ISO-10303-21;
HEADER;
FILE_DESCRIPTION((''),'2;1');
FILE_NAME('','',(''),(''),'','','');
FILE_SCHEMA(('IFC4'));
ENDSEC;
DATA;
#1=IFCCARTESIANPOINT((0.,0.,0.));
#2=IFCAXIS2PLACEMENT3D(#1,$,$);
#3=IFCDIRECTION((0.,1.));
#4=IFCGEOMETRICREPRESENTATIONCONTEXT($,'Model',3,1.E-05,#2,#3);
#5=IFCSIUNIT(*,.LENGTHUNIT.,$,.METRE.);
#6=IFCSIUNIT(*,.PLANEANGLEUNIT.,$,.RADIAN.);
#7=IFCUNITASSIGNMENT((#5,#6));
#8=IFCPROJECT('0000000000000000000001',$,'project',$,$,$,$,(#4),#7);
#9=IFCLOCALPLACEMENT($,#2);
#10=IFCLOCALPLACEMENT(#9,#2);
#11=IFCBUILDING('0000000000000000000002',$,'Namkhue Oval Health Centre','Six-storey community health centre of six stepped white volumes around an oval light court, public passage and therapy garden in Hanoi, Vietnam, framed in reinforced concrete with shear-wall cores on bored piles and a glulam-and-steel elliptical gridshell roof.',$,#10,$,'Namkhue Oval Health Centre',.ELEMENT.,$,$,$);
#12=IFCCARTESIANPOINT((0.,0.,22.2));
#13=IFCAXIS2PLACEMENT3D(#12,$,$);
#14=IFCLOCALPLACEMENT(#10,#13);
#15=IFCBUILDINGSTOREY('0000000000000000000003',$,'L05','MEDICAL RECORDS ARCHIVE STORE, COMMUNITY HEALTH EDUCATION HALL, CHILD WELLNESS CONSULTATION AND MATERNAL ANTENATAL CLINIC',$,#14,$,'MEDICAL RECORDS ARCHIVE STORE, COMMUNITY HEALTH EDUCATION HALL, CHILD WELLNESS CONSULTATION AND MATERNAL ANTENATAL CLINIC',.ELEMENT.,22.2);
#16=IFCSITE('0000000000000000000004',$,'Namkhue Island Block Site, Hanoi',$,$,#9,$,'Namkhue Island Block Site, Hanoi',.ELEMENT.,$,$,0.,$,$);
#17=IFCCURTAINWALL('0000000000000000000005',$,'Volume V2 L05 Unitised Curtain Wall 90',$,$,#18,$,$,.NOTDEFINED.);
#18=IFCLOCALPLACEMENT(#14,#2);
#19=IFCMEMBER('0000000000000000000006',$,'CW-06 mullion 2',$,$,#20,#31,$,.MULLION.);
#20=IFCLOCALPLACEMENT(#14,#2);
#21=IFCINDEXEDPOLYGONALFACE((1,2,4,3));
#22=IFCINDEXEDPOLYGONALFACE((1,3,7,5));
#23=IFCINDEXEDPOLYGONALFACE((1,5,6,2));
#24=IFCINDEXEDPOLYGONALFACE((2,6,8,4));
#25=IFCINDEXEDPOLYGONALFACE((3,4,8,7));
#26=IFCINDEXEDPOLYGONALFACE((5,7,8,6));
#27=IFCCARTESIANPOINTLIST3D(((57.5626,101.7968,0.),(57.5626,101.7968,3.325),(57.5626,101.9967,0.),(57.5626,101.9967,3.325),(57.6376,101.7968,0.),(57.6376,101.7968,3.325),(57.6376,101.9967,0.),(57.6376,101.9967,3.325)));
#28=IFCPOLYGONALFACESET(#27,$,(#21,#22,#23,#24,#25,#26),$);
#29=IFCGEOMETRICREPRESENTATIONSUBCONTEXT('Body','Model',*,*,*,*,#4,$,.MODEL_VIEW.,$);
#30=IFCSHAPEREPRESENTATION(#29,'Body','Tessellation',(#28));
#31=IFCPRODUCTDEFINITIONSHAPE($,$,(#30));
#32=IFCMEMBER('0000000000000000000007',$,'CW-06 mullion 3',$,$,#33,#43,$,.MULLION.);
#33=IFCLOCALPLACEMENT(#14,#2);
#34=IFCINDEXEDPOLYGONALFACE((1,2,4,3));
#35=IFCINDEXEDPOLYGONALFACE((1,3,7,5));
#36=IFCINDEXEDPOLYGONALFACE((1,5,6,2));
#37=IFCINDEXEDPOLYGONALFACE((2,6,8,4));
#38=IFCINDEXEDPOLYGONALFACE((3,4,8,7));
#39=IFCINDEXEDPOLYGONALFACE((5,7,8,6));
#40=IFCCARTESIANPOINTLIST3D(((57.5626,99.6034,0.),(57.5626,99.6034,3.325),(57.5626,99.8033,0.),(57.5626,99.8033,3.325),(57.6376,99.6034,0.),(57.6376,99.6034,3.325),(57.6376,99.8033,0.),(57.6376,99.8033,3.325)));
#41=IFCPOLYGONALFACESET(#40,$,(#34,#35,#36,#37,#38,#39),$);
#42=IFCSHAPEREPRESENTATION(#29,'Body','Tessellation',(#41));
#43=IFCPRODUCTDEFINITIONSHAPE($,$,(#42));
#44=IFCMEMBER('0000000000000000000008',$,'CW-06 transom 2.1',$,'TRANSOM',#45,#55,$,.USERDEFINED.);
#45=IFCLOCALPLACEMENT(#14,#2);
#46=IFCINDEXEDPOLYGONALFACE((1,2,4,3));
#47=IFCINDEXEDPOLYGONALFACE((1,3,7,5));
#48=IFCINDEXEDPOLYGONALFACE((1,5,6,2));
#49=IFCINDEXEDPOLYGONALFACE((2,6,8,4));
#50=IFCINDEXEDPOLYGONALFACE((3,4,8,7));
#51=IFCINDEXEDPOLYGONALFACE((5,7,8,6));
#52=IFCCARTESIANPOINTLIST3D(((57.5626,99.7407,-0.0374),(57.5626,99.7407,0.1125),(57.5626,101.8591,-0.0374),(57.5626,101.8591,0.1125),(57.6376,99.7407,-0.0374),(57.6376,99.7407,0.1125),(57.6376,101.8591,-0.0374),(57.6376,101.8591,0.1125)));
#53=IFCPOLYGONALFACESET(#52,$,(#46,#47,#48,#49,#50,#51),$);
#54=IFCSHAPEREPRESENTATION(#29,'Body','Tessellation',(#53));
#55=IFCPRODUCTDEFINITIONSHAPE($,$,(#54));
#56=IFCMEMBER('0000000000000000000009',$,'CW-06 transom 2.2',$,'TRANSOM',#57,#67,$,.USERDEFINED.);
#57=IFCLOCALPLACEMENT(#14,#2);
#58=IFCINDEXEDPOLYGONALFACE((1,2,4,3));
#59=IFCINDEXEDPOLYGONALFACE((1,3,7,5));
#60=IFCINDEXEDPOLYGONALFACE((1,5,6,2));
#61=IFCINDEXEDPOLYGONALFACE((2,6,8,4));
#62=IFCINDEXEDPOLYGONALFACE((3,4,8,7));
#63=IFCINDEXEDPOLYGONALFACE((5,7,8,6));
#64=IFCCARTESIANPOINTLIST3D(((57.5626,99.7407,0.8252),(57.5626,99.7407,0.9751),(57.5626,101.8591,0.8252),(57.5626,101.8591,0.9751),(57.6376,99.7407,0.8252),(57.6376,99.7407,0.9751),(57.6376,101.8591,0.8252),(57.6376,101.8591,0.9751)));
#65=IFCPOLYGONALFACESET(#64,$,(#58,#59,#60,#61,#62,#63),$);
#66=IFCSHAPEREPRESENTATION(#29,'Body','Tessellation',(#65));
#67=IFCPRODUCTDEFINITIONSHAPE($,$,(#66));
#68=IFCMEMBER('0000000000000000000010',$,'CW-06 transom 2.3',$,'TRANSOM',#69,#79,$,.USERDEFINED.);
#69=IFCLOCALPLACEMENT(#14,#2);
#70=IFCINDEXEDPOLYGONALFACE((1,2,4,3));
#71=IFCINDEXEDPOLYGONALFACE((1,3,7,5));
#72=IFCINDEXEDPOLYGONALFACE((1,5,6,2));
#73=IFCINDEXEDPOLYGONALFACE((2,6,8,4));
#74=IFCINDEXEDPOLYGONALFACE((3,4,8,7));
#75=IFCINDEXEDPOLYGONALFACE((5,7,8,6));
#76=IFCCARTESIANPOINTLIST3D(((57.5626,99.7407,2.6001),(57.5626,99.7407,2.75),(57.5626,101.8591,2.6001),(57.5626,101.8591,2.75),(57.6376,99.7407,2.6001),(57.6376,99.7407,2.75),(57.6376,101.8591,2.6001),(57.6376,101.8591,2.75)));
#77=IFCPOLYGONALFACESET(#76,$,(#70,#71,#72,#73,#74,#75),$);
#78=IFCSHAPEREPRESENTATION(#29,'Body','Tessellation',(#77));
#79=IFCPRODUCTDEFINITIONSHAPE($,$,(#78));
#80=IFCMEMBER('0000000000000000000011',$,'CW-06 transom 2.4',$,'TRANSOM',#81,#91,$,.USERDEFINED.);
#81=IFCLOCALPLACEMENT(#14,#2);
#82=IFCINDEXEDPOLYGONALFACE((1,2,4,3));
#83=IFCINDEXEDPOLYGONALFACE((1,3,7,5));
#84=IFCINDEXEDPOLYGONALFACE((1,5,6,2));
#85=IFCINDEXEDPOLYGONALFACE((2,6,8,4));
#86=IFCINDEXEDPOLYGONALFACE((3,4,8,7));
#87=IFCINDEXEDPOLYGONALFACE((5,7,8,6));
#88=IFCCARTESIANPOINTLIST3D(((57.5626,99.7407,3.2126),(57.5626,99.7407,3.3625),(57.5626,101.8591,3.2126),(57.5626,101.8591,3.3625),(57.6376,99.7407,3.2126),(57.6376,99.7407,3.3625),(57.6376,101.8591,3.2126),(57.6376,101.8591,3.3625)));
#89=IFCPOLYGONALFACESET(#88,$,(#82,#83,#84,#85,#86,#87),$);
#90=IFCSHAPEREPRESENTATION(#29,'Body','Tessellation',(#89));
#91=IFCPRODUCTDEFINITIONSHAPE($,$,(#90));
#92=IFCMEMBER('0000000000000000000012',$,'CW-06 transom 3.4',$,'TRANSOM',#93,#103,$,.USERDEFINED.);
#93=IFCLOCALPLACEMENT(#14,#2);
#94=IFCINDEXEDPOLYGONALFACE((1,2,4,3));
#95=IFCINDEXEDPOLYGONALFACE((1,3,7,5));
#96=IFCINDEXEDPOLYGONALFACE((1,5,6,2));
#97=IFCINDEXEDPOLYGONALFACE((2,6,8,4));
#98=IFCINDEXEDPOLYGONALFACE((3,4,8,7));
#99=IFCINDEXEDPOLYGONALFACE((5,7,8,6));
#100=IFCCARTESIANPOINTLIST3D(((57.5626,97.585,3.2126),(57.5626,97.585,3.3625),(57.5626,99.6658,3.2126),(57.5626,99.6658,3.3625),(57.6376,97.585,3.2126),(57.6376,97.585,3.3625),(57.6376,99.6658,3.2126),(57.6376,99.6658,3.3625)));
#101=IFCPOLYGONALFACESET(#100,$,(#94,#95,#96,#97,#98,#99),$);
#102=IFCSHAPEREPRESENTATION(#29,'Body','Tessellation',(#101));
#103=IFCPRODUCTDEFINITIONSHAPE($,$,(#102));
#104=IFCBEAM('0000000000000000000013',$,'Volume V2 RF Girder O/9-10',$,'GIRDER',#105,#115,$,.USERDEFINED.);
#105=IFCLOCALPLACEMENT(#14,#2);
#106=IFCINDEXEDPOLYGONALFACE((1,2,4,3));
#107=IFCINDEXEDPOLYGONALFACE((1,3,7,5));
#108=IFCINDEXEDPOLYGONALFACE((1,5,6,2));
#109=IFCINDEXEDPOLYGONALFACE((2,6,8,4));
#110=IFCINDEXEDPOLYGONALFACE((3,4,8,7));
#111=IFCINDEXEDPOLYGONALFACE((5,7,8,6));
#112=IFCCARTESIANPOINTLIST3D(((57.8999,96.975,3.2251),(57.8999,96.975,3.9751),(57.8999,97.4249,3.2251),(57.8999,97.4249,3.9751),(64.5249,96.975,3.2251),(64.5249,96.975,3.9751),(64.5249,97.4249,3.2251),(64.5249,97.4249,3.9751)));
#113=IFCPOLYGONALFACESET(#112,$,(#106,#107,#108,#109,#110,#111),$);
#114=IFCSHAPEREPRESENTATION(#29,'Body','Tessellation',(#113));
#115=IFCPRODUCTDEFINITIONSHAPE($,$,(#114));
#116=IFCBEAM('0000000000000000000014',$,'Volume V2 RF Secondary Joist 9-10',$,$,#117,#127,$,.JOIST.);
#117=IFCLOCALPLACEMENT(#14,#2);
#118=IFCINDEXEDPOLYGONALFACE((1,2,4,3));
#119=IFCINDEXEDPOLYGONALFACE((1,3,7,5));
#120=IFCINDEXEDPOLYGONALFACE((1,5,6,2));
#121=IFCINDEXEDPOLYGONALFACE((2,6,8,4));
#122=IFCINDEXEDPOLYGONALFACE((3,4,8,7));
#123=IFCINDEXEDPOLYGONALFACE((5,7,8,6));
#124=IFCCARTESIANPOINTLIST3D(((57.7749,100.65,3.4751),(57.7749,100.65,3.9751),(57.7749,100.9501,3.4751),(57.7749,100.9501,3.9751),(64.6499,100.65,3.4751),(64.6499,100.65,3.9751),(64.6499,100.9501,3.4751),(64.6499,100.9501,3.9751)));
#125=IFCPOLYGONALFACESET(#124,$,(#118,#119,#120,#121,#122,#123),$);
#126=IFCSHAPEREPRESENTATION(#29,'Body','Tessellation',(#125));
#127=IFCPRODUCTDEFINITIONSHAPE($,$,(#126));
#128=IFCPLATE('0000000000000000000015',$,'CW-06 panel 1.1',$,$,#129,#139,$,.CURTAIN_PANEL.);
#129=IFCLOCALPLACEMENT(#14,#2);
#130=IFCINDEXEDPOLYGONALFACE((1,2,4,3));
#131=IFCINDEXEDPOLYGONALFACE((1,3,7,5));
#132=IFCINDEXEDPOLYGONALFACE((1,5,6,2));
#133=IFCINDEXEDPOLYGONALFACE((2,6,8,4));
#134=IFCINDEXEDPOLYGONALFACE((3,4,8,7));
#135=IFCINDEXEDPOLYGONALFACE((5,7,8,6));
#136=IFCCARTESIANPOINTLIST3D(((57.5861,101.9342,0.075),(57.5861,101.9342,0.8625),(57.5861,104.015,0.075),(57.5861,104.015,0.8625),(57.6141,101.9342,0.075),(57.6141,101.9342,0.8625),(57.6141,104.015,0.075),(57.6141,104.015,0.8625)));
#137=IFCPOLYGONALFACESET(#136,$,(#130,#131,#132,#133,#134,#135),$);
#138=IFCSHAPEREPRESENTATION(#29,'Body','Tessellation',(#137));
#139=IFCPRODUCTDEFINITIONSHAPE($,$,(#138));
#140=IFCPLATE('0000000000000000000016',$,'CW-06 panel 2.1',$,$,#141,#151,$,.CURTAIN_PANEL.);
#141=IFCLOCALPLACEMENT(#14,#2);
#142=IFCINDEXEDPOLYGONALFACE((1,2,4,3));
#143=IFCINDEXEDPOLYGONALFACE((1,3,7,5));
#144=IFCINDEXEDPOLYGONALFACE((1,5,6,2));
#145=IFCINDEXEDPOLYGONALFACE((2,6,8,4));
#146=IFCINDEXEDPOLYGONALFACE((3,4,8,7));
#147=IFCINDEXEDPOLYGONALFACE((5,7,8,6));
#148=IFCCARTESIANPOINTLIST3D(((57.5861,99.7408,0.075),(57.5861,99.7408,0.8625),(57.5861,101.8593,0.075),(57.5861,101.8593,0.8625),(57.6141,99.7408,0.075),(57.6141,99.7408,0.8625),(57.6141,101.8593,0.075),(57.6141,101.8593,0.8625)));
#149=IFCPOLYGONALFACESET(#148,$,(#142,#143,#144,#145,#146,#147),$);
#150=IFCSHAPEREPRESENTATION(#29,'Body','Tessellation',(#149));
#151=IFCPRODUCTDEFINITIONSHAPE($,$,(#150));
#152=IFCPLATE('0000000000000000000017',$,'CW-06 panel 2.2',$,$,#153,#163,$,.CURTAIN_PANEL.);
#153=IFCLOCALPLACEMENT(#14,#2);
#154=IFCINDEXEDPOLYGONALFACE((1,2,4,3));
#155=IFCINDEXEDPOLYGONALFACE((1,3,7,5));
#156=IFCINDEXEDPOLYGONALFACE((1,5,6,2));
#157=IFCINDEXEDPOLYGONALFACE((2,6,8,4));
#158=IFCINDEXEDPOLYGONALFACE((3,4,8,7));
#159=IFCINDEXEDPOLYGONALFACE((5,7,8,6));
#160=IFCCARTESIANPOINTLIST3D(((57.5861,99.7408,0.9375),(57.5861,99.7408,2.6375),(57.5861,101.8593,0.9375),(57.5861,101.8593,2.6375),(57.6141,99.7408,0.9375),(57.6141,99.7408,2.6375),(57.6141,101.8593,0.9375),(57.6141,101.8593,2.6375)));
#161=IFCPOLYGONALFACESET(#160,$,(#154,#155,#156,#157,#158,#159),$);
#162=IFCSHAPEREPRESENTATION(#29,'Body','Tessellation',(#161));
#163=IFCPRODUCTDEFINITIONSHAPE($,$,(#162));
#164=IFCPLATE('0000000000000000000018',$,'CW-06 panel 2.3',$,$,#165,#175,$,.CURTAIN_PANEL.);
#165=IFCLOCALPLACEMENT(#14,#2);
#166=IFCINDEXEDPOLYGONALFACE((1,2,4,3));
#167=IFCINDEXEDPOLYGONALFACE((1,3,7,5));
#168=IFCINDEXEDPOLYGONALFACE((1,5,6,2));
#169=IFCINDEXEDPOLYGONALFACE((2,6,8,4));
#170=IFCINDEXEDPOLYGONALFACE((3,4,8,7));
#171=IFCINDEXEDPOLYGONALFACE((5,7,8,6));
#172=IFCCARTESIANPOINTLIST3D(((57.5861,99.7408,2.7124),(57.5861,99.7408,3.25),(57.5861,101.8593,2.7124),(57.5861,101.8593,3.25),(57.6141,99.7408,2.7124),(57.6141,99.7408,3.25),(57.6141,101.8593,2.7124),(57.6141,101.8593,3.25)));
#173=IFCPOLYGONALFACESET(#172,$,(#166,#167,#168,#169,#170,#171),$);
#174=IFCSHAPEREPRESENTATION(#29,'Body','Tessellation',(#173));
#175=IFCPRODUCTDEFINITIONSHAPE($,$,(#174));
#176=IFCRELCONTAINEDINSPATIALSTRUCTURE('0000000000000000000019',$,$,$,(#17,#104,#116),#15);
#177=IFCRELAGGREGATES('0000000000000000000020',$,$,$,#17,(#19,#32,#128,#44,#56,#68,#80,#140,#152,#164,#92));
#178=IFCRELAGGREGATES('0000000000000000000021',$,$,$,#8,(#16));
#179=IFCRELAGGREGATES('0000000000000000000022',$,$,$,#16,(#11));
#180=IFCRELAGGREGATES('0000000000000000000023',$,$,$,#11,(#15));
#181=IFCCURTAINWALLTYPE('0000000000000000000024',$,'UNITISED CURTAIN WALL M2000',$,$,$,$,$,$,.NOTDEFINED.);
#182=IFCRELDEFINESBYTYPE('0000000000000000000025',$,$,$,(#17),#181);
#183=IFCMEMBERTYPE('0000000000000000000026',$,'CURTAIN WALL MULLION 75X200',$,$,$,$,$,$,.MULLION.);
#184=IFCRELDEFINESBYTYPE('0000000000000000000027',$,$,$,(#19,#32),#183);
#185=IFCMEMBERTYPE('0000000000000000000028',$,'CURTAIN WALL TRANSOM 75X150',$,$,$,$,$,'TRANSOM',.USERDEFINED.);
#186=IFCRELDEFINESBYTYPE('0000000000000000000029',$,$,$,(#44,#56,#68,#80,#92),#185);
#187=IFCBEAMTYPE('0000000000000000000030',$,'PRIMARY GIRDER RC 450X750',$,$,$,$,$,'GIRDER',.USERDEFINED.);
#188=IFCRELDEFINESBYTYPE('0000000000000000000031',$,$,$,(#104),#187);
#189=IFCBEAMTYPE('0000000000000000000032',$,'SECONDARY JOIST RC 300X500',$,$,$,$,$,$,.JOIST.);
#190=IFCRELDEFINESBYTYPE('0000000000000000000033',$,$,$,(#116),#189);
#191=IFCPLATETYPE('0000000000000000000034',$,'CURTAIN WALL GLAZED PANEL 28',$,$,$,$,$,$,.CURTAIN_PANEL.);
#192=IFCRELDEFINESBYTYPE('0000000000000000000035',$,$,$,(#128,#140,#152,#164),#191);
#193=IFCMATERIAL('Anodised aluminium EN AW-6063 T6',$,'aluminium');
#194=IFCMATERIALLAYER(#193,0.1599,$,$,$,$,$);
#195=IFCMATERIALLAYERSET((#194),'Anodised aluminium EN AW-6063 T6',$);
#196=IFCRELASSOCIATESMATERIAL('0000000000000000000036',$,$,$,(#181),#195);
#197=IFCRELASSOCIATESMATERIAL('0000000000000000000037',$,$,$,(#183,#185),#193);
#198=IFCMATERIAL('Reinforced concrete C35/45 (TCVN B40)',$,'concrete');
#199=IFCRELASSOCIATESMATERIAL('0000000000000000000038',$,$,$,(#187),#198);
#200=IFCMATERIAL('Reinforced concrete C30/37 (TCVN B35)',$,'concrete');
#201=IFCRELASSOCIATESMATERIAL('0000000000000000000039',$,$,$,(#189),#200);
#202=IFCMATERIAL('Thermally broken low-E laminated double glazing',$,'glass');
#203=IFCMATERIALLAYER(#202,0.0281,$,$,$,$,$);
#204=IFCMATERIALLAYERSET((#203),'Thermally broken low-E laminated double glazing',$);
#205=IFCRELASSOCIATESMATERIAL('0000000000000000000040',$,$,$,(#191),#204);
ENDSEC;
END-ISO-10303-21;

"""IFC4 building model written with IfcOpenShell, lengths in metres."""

from ifc_helpers import new_model, si_unit, direction, frame, origin, origin_2d, place, context, subcontext, project, spatial, rectangle, extrude, material, layer, layer_set, material_profile, profile_set, type_object, element, aggregate, save


model = new_model("IFC4")

# Units and contexts
model_context = context("Model", 3, precision=1e-05, world=origin(), true_north=direction((0.0, 1.0)))
body_context = subcontext(model_context, "Body", "Model", "MODEL_VIEW")
ifc_project = project(units=[si_unit("LENGTHUNIT", "METRE"), si_unit("PLANEANGLEUNIT", "RADIAN")], contexts=[model_context])

# Site, building, storey
site_placement = place(None, origin())
site = spatial("IfcSite", under=ifc_project, at=site_placement, Name="Namkhue Island Block Site, Hanoi", LongName="Namkhue Island Block Site, Hanoi", CompositionType="ELEMENT", RefElevation=0.0)
building_placement = place(site_placement, origin())
building = spatial("IfcBuilding", under=site, at=building_placement, Name="Namkhue Oval Health Centre", Description="Six-storey community health centre of six stepped white volumes around an oval light court, public passage and therapy garden in Hanoi, Vietnam, framed in reinforced concrete with shear-wall cores on bored piles and a glulam-and-steel elliptical gridshell roof.", LongName="Namkhue Oval Health Centre", CompositionType="ELEMENT")
storey_placement = place(building_placement, frame((0.0, 0.0, 22.2)))
storey = spatial("IfcBuildingStorey", under=building, at=storey_placement, Name="L05", Description="MEDICAL RECORDS ARCHIVE STORE, COMMUNITY HEALTH EDUCATION HALL, CHILD WELLNESS CONSULTATION AND MATERNAL ANTENATAL CLINIC", LongName="MEDICAL RECORDS ARCHIVE STORE, COMMUNITY HEALTH EDUCATION HALL, CHILD WELLNESS CONSULTATION AND MATERNAL ANTENATAL CLINIC", CompositionType="ELEMENT", Elevation=22.2)

# Curtain wall, members
ifc_material_1 = material(Name="Anodised aluminium EN AW-6063 T6", Category="aluminium")
ifc_layer_1 = layer(ifc_material_1, 0.1599)
ifc_layer_set_1 = layer_set([ifc_layer_1], Name="Anodised aluminium EN AW-6063 T6")
curtain_wall_type = type_object("IfcCurtainWallType", Name="UNITISED CURTAIN WALL M2000", PredefinedType="NOTDEFINED", material=ifc_layer_set_1)
curtain_wall_placement = place(storey_placement, origin())
curtain_wall = element("IfcCurtainWall", 1, at=curtain_wall_placement, inside=storey, type_object=curtain_wall_type, Name="Volume V2 L05 Unitised Curtain Wall 90", PredefinedType="NOTDEFINED")
ifc_material_profile_1 = material_profile(ifc_material_1, rectangle(XDim=0.075, YDim=0.2, at=origin_2d()), Name="ALU 75x200")
ifc_profile_set_1 = profile_set([ifc_material_profile_1], Name="Anodised aluminium EN AW-6063 T6")
member_type_1 = type_object("IfcMemberType", Name="CURTAIN WALL MULLION 75X200", PredefinedType="MULLION", material=ifc_profile_set_1)
member_1_placement = place(storey_placement, frame((57.6001, 101.8967, 0.0), z_axis=(0.0, 0.0, 1.0), x_axis=(1.0, 0.0, 0.0)))
member_1 = element("IfcMember", 2, at=member_1_placement, type_object=member_type_1, Name="CW-06 mullion 2", PredefinedType="MULLION", context=body_context, shape_type="SweptSolid", body=[
    extrude(rectangle(XDim=0.075, YDim=0.2, at=origin_2d()), origin(), (0.0, 0.0, 1.0), 3.325),
])
member_2_placement = place(storey_placement, frame((57.6001, 99.7034, 0.0), z_axis=(0.0, 0.0, 1.0), x_axis=(1.0, 0.0, 0.0)))
member_2 = element("IfcMember", 3, at=member_2_placement, type_object=member_type_1, Name="CW-06 mullion 3", PredefinedType="MULLION", context=body_context, shape_type="SweptSolid", body=[
    extrude(rectangle(XDim=0.075, YDim=0.2, at=origin_2d()), origin(), (0.0, 0.0, 1.0), 3.325),
])
ifc_material_profile_2 = material_profile(ifc_material_1, rectangle(XDim=0.075, YDim=0.1499, at=origin_2d()), Name="ALU 75x150")
ifc_profile_set_2 = profile_set([ifc_material_profile_2], Name="Anodised aluminium EN AW-6063 T6")
member_type_2 = type_object("IfcMemberType", Name="CURTAIN WALL TRANSOM 75X150", ElementType="TRANSOM", PredefinedType="USERDEFINED", material=ifc_profile_set_2)
member_3_placement = place(storey_placement, frame((57.6001, 101.8591, 0.0376), z_axis=(0.0, -1.0, 0.0), x_axis=(1.0, 0.0, 0.0)))
member_3 = element("IfcMember", 4, at=member_3_placement, type_object=member_type_2, Name="CW-06 transom 2.1", ObjectType="TRANSOM", PredefinedType="USERDEFINED", context=body_context, shape_type="SweptSolid", body=[
    extrude(rectangle(XDim=0.075, YDim=0.1499, at=origin_2d()), origin(), (0.0, 0.0, 1.0), 2.1184),
])
member_4_placement = place(storey_placement, frame((57.6001, 101.8591, 0.9001), z_axis=(0.0, -1.0, 0.0), x_axis=(1.0, 0.0, 0.0)))
member_4 = element("IfcMember", 5, at=member_4_placement, type_object=member_type_2, Name="CW-06 transom 2.2", ObjectType="TRANSOM", PredefinedType="USERDEFINED", context=body_context, shape_type="SweptSolid", body=[
    extrude(rectangle(XDim=0.075, YDim=0.1499, at=origin_2d()), origin(), (0.0, 0.0, 1.0), 2.1184),
])
member_5_placement = place(storey_placement, frame((57.6001, 101.8591, 2.675), z_axis=(0.0, -1.0, 0.0), x_axis=(1.0, 0.0, 0.0)))
member_5 = element("IfcMember", 6, at=member_5_placement, type_object=member_type_2, Name="CW-06 transom 2.3", ObjectType="TRANSOM", PredefinedType="USERDEFINED", context=body_context, shape_type="SweptSolid", body=[
    extrude(rectangle(XDim=0.075, YDim=0.1499, at=origin_2d()), origin(), (0.0, 0.0, 1.0), 2.1184),
])
member_6_placement = place(storey_placement, frame((57.6001, 101.8591, 3.2876), z_axis=(0.0, -1.0, 0.0), x_axis=(1.0, 0.0, 0.0)))
member_6 = element("IfcMember", 7, at=member_6_placement, type_object=member_type_2, Name="CW-06 transom 2.4", ObjectType="TRANSOM", PredefinedType="USERDEFINED", context=body_context, shape_type="SweptSolid", body=[
    extrude(rectangle(XDim=0.075, YDim=0.1499, at=origin_2d()), origin(), (0.0, 0.0, 1.0), 2.1184),
])
member_7_placement = place(storey_placement, frame((57.6001, 99.6658, 3.2876), z_axis=(0.0, -1.0, 0.0), x_axis=(1.0, 0.0, 0.0)))
member_7 = element("IfcMember", 8, at=member_7_placement, type_object=member_type_2, Name="CW-06 transom 3.4", ObjectType="TRANSOM", PredefinedType="USERDEFINED", context=body_context, shape_type="SweptSolid", body=[
    extrude(rectangle(XDim=0.075, YDim=0.1499, at=origin_2d()), origin(), (0.0, 0.0, 1.0), 2.0808),
])

# Beams
ifc_material_2 = material(Name="Reinforced concrete C35/45 (TCVN B40)", Category="concrete")
ifc_material_profile_3 = material_profile(ifc_material_2, rectangle(XDim=0.45, YDim=0.75, at=origin_2d()), Name="RC 450x750")
ifc_profile_set_3 = profile_set([ifc_material_profile_3], Name="Reinforced concrete C35/45 (TCVN B40)")
beam_type_1 = type_object("IfcBeamType", Name="PRIMARY GIRDER RC 450X750", ElementType="GIRDER", PredefinedType="USERDEFINED", material=ifc_profile_set_3)
beam_1_placement = place(storey_placement, frame((57.8999, 97.2, 3.6001), z_axis=(1.0, 0.0, 0.0), x_axis=(0.0, 1.0, 0.0)))
element("IfcBeam", 9, at=beam_1_placement, inside=storey, type_object=beam_type_1, Name="Volume V2 RF Girder O/9-10", ObjectType="GIRDER", PredefinedType="USERDEFINED", context=body_context, shape_type="SweptSolid", body=[
    extrude(rectangle(XDim=0.45, YDim=0.75, at=origin_2d()), origin(), (0.0, 0.0, 1.0), 6.625),
])
ifc_material_3 = material(Name="Reinforced concrete C30/37 (TCVN B35)", Category="concrete")
ifc_material_profile_4 = material_profile(ifc_material_3, rectangle(XDim=0.3, YDim=0.5, at=origin_2d()), Name="RC 300x500")
ifc_profile_set_4 = profile_set([ifc_material_profile_4], Name="Reinforced concrete C30/37 (TCVN B35)")
beam_type_2 = type_object("IfcBeamType", Name="SECONDARY JOIST RC 300X500", PredefinedType="JOIST", material=ifc_profile_set_4)
beam_2_placement = place(storey_placement, frame((57.7749, 100.8, 3.7251), z_axis=(1.0, 0.0, 0.0), x_axis=(0.0, 1.0, 0.0)))
element("IfcBeam", 10, at=beam_2_placement, inside=storey, type_object=beam_type_2, Name="Volume V2 RF Secondary Joist 9-10", PredefinedType="JOIST", context=body_context, shape_type="SweptSolid", body=[
    extrude(rectangle(XDim=0.3, YDim=0.5, at=origin_2d()), origin(), (0.0, 0.0, 1.0), 6.875),
])

# Plates
ifc_material_4 = material(Name="Thermally broken low-E laminated double glazing", Category="glass")
ifc_layer_2 = layer(ifc_material_4, 0.0281)
ifc_layer_set_2 = layer_set([ifc_layer_2], Name="Thermally broken low-E laminated double glazing")
plate_type = type_object("IfcPlateType", Name="CURTAIN WALL GLAZED PANEL 28", PredefinedType="CURTAIN_PANEL", material=ifc_layer_set_2)
plate_1_placement = place(storey_placement, frame((57.6001, 102.9746, 0.075), z_axis=(0.0, 0.0, 1.0), x_axis=(0.0, -1.0, 0.0)))
plate_1 = element("IfcPlate", 11, at=plate_1_placement, type_object=plate_type, Name="CW-06 panel 1.1", PredefinedType="CURTAIN_PANEL", context=body_context, shape_type="SweptSolid", body=[
    extrude(rectangle(XDim=2.0808, YDim=0.0281, at=origin_2d()), origin(), (0.0, 0.0, 1.0), 0.7876),
])
plate_2_placement = place(storey_placement, frame((57.6001, 100.8, 0.075), z_axis=(0.0, 0.0, 1.0), x_axis=(0.0, -1.0, 0.0)))
plate_2 = element("IfcPlate", 12, at=plate_2_placement, type_object=plate_type, Name="CW-06 panel 2.1", PredefinedType="CURTAIN_PANEL", context=body_context, shape_type="SweptSolid", body=[
    extrude(rectangle(XDim=2.1184, YDim=0.0281, at=origin_2d()), origin(), (0.0, 0.0, 1.0), 0.7876),
])
plate_3_placement = place(storey_placement, frame((57.6001, 100.8, 0.9375), z_axis=(0.0, 0.0, 1.0), x_axis=(0.0, -1.0, 0.0)))
plate_3 = element("IfcPlate", 13, at=plate_3_placement, type_object=plate_type, Name="CW-06 panel 2.2", PredefinedType="CURTAIN_PANEL", context=body_context, shape_type="SweptSolid", body=[
    extrude(rectangle(XDim=2.1184, YDim=0.0281, at=origin_2d()), origin(), (0.0, 0.0, 1.0), 1.7),
])
plate_4_placement = place(storey_placement, frame((57.6001, 100.8, 2.7124), z_axis=(0.0, 0.0, 1.0), x_axis=(0.0, -1.0, 0.0)))
plate_4 = element("IfcPlate", 14, at=plate_4_placement, type_object=plate_type, Name="CW-06 panel 2.3", PredefinedType="CURTAIN_PANEL", context=body_context, shape_type="SweptSolid", body=[
    extrude(rectangle(XDim=2.1184, YDim=0.0281, at=origin_2d()), origin(), (0.0, 0.0, 1.0), 0.5376),
])
aggregate(curtain_wall, [member_1, member_2, plate_1, member_3, member_4, member_5, member_6, plate_2, plate_3, plate_4, member_7])

save(model, "model.ifc")
